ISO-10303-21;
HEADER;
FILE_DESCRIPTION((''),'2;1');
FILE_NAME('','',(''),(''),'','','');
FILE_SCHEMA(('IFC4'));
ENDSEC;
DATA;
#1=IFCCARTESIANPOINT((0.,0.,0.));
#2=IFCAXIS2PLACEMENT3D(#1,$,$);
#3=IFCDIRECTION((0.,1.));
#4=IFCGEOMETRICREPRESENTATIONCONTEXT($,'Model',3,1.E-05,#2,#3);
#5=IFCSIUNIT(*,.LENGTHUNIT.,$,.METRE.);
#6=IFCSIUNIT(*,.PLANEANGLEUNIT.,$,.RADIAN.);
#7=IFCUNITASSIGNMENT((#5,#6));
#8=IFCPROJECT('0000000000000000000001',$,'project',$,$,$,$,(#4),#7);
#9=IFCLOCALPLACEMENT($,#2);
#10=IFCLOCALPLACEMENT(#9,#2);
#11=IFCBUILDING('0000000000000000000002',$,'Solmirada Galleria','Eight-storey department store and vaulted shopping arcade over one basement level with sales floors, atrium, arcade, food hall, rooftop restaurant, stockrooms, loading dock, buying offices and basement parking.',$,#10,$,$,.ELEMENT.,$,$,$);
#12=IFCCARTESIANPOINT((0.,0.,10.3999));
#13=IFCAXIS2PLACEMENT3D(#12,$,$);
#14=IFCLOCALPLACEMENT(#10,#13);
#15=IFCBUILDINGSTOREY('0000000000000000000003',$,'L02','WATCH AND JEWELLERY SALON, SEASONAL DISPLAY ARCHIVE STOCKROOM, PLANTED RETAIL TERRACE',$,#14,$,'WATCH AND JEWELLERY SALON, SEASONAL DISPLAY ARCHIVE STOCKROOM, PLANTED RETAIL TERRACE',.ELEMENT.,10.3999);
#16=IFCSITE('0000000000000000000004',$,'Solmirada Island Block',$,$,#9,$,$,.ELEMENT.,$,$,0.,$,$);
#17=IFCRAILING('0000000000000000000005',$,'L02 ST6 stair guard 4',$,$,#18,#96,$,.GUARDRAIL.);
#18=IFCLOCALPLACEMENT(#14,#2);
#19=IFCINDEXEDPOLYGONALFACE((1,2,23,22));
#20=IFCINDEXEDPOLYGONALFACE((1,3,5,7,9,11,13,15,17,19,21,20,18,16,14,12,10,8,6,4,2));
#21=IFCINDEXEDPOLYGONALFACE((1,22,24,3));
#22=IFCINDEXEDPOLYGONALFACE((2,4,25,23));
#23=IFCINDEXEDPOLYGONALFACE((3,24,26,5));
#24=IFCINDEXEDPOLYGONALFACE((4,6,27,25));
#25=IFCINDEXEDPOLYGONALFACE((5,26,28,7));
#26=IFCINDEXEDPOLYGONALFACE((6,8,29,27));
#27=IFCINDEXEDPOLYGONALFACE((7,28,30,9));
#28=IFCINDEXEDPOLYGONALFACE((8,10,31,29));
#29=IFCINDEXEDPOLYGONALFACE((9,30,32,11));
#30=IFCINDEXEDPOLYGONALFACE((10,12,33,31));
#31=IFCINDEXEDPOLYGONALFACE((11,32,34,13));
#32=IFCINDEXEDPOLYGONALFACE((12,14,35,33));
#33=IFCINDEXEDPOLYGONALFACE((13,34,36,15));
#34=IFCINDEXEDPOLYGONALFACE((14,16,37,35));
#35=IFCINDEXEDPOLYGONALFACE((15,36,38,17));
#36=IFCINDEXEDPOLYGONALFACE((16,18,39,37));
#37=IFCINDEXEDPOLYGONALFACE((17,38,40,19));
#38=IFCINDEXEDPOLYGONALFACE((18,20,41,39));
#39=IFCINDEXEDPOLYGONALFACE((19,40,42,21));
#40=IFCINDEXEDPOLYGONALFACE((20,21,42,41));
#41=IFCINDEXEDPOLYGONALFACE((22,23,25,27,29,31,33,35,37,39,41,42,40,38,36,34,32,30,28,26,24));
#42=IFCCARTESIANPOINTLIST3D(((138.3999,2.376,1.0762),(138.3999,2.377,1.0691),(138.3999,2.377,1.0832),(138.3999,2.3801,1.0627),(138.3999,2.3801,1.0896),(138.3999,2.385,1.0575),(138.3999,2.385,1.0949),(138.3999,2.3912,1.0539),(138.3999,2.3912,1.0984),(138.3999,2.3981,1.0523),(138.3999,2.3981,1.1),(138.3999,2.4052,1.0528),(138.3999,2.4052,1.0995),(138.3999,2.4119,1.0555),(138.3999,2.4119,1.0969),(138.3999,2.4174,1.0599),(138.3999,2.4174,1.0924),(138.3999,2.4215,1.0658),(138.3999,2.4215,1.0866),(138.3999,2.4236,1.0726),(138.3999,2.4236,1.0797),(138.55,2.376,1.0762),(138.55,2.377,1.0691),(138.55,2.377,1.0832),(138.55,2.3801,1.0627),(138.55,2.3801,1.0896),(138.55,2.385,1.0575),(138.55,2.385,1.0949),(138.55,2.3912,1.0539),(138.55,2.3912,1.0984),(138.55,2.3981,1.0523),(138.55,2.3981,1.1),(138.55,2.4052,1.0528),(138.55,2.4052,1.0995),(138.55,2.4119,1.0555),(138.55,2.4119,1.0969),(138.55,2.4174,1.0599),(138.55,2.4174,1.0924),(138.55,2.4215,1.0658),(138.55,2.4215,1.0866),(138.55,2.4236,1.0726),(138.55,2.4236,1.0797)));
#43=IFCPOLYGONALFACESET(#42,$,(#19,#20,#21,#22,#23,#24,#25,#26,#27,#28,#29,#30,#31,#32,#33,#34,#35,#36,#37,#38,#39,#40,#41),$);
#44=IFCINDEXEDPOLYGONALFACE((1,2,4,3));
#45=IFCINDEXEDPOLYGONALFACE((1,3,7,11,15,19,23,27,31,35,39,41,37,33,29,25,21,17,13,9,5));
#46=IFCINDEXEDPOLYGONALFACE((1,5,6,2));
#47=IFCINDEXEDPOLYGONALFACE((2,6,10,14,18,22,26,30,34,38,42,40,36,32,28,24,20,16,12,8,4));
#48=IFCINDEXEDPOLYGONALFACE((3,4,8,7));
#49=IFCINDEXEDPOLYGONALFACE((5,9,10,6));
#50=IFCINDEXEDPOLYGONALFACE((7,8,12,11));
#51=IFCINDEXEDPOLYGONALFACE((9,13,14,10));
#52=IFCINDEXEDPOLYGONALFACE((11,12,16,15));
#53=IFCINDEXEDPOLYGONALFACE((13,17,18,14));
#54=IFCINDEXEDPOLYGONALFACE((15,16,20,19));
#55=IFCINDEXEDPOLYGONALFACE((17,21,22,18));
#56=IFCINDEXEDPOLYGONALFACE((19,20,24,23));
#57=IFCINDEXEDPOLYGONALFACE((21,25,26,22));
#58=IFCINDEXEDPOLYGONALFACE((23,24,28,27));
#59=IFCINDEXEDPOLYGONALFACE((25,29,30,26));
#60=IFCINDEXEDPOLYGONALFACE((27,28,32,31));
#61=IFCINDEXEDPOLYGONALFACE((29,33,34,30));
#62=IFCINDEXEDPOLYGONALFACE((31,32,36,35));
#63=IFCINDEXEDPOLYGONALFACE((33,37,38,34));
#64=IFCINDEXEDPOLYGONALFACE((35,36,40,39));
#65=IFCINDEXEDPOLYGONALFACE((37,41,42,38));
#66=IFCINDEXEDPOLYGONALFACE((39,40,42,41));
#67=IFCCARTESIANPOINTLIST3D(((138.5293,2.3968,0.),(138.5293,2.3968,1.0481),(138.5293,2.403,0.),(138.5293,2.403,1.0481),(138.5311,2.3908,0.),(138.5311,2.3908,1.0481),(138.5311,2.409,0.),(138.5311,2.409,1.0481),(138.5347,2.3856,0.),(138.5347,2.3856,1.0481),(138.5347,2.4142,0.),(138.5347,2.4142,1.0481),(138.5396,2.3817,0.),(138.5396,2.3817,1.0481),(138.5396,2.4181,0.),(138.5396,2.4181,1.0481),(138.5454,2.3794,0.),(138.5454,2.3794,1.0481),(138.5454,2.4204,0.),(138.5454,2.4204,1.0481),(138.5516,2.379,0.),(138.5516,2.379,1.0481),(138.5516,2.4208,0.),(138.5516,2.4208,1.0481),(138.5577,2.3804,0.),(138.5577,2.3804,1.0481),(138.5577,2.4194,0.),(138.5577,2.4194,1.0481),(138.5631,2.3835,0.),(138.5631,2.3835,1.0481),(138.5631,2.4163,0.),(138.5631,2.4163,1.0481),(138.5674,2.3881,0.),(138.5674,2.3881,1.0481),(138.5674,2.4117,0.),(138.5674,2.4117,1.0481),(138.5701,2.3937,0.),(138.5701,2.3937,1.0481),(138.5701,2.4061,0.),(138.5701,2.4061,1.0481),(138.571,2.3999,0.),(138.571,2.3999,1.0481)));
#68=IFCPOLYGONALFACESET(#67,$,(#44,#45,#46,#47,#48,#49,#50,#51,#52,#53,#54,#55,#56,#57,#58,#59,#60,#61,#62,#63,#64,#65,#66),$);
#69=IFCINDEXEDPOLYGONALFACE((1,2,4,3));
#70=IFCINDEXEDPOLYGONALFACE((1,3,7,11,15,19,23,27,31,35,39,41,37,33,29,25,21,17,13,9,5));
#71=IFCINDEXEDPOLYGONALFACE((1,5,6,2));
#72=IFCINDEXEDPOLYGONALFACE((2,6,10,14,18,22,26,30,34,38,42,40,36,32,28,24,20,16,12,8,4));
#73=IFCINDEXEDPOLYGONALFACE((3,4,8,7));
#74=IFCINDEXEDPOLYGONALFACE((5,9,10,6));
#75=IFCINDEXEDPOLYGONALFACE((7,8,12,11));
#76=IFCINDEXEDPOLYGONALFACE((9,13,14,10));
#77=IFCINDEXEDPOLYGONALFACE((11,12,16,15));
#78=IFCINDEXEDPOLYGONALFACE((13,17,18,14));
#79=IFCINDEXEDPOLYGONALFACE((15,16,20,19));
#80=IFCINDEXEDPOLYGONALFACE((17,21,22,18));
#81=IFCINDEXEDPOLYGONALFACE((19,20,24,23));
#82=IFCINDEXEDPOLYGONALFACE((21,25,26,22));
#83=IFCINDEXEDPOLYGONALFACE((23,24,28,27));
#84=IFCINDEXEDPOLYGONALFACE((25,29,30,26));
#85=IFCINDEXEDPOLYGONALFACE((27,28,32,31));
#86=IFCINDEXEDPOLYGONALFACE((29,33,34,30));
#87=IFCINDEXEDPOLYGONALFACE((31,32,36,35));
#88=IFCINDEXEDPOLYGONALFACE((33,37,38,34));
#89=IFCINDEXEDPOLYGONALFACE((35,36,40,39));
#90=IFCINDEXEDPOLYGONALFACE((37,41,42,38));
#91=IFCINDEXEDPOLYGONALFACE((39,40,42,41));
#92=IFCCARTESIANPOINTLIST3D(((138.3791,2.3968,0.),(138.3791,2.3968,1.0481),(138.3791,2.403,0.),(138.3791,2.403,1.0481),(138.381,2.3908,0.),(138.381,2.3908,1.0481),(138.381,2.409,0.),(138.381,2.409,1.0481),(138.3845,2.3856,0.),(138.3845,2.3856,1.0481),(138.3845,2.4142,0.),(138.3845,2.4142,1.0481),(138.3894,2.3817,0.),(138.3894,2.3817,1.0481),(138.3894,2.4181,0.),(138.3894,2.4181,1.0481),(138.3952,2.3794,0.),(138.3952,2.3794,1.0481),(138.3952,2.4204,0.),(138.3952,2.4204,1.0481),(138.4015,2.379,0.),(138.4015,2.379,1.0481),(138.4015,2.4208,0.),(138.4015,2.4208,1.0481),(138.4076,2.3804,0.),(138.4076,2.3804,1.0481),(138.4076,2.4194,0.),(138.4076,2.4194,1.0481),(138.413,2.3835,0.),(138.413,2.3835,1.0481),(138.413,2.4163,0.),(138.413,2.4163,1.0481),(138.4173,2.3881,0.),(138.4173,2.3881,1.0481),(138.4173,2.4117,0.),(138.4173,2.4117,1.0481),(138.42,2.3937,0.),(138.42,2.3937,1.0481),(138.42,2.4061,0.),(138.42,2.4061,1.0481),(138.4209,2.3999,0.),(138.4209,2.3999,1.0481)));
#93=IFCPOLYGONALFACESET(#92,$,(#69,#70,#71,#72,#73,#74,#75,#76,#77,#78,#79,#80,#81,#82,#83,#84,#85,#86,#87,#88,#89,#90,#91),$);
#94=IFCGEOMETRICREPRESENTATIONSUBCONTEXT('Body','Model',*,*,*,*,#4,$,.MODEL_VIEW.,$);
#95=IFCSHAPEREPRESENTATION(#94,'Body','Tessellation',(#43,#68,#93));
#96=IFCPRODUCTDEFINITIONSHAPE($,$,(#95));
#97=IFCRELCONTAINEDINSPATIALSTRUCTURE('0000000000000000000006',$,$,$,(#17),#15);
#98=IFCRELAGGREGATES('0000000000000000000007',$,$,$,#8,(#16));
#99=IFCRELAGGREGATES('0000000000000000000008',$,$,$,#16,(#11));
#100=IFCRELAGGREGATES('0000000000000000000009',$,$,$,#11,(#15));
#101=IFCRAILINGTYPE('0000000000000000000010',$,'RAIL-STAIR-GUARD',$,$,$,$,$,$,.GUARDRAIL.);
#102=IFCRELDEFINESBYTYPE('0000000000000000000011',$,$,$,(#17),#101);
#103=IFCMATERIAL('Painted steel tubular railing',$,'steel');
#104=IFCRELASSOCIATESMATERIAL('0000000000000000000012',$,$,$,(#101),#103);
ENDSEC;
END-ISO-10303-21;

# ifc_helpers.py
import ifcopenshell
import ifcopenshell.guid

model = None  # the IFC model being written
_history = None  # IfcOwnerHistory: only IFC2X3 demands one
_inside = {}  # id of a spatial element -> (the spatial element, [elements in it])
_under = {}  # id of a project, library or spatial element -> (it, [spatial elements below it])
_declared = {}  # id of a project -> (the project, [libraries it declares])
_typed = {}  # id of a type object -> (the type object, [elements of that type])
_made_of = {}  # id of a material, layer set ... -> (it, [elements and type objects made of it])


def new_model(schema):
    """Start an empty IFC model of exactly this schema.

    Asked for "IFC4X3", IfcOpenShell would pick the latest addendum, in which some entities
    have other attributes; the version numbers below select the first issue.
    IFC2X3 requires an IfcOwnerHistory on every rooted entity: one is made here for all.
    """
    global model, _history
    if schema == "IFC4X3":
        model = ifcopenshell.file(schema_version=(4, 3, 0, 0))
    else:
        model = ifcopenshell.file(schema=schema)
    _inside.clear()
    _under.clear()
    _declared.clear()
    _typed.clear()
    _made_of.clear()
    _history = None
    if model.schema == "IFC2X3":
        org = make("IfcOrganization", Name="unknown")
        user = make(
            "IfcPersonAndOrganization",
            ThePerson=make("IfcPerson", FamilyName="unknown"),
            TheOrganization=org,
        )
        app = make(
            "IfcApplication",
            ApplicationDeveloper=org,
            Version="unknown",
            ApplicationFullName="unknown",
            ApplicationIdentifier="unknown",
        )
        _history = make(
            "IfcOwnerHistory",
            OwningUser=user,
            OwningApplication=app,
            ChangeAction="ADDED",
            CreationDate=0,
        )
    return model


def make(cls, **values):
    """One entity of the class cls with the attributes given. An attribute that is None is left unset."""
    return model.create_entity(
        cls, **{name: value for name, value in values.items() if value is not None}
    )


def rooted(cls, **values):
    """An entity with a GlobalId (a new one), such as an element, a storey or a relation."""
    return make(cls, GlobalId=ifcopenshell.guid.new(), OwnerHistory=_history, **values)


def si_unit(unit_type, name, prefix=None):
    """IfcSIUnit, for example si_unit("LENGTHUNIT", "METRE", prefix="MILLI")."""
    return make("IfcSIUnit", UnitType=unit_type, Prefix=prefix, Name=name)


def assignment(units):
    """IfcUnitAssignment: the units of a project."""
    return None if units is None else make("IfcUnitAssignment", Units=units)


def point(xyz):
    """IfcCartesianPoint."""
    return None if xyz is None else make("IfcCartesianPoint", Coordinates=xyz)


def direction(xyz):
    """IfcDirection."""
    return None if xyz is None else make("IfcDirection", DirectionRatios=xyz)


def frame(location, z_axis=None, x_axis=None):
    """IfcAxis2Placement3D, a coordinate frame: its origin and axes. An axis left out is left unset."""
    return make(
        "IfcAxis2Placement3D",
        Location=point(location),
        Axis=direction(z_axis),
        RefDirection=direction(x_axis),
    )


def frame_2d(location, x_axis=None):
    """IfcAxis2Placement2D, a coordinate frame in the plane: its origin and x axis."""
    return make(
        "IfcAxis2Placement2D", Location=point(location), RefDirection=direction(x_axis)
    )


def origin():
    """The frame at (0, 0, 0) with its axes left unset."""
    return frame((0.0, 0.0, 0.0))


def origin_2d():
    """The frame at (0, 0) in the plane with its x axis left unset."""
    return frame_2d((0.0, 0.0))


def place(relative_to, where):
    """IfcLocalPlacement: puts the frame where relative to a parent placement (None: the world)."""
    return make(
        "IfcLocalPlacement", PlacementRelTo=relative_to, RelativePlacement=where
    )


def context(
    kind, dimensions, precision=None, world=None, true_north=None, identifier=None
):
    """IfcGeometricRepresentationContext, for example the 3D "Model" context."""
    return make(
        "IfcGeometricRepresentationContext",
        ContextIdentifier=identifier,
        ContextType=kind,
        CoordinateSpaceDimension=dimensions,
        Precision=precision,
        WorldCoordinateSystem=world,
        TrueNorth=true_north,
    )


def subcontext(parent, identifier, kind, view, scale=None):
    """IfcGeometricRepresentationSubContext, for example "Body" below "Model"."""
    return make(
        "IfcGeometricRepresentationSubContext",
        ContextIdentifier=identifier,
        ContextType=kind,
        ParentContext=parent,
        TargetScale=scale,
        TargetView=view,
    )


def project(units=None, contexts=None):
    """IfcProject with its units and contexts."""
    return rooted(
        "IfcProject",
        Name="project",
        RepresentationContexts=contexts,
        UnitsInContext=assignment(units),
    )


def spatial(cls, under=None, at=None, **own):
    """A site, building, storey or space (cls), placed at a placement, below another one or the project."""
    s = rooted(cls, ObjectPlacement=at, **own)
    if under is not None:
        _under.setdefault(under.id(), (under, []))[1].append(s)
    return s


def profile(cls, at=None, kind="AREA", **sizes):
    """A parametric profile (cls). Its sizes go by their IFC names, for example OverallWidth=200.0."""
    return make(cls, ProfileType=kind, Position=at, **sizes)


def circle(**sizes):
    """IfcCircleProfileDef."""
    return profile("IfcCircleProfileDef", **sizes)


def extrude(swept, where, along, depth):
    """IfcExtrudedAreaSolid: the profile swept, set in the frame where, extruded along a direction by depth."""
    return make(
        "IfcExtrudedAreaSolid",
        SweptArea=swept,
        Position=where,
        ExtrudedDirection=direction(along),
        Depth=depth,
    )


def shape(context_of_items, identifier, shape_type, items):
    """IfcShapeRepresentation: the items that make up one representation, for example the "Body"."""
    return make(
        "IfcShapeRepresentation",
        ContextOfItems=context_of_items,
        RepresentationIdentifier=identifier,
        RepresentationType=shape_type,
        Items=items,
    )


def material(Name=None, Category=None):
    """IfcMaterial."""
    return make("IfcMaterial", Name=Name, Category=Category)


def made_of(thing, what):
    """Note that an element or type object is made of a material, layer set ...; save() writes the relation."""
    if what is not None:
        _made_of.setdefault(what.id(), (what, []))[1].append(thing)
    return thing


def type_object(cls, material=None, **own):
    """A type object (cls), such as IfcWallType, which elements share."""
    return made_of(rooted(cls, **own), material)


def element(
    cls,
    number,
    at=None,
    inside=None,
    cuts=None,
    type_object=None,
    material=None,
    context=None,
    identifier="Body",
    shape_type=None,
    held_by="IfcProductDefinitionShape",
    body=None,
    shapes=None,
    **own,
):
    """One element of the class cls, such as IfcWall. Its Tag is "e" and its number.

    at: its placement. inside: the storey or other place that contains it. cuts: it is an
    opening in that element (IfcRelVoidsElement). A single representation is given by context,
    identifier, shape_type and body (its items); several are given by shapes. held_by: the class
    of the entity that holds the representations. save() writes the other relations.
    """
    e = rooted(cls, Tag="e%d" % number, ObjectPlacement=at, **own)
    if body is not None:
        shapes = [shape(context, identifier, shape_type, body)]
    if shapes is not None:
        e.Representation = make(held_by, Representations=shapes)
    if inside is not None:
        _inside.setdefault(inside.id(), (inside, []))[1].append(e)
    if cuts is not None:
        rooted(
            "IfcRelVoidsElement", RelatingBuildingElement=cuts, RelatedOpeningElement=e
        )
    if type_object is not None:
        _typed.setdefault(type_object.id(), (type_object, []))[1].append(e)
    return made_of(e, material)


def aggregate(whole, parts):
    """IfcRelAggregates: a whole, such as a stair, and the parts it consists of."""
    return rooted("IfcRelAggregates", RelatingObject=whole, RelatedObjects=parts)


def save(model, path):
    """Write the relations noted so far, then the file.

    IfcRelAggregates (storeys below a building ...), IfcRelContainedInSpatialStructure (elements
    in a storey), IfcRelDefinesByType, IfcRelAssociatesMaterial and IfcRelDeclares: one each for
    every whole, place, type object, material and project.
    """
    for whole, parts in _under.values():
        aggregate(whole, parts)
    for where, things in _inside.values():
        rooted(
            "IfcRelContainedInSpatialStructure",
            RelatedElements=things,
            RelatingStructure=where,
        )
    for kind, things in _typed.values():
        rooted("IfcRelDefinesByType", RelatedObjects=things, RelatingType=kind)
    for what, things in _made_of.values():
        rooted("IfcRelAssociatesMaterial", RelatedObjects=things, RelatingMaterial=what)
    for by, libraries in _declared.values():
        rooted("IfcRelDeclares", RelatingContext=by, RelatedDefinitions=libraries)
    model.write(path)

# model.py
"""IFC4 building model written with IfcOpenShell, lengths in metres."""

from ifc_helpers import new_model, si_unit, direction, frame, origin, origin_2d, place, context, subcontext, project, spatial, circle, extrude, material, type_object, element, save


model = new_model("IFC4")

# Units and contexts
model_context = context("Model", 3, precision=1e-05, world=origin(), true_north=direction((0.0, 1.0)))
body_context = subcontext(model_context, "Body", "Model", "MODEL_VIEW")
ifc_project = project(units=[si_unit("LENGTHUNIT", "METRE"), si_unit("PLANEANGLEUNIT", "RADIAN")], contexts=[model_context])

# Site, building, storey
site_placement = place(None, origin())
site = spatial("IfcSite", under=ifc_project, at=site_placement, Name="Solmirada Island Block", CompositionType="ELEMENT", RefElevation=0.0)
building_placement = place(site_placement, origin())
building = spatial("IfcBuilding", under=site, at=building_placement, Name="Solmirada Galleria", Description="Eight-storey department store and vaulted shopping arcade over one basement level with sales floors, atrium, arcade, food hall, rooftop restaurant, stockrooms, loading dock, buying offices and basement parking.", CompositionType="ELEMENT")
storey_placement = place(building_placement, frame((0.0, 0.0, 10.3999)))
storey = spatial("IfcBuildingStorey", under=building, at=storey_placement, Name="L02", Description="WATCH AND JEWELLERY SALON, SEASONAL DISPLAY ARCHIVE STOCKROOM, PLANTED RETAIL TERRACE", LongName="WATCH AND JEWELLERY SALON, SEASONAL DISPLAY ARCHIVE STOCKROOM, PLANTED RETAIL TERRACE", CompositionType="ELEMENT", Elevation=10.3999)

# Railing
ifc_material_1 = material(Name="Painted steel tubular railing", Category="steel")
railing_type_1 = type_object("IfcRailingType", Name="RAIL-STAIR-GUARD", PredefinedType="GUARDRAIL", material=ifc_material_1)
railing_1_placement = place(storey_placement, frame((138.55, 2.3999, 0.0)))
element("IfcRailing", 1, at=railing_1_placement, inside=storey, type_object=railing_type_1, Name="L02 ST6 stair guard 4", PredefinedType="GUARDRAIL", context=body_context, shape_type="SweptSolid", body=[
    extrude(circle(Radius=0.0239, at=origin_2d()), frame((0.0, 0.0, 1.0762), z_axis=(-1.0, 0.0, 0.0), x_axis=(0.0, -1.0, 0.0)), (0.0, 0.0, 1.0), 0.1501),
    extrude(circle(Radius=0.021, at=origin_2d()), origin(), (0.0, 0.0, 1.0), 1.0481),
    extrude(circle(Radius=0.021, at=origin_2d()), frame((-0.1501, 0.0, 0.0)), (0.0, 0.0, 1.0), 1.0481),
])

save(model, "model.ifc")
